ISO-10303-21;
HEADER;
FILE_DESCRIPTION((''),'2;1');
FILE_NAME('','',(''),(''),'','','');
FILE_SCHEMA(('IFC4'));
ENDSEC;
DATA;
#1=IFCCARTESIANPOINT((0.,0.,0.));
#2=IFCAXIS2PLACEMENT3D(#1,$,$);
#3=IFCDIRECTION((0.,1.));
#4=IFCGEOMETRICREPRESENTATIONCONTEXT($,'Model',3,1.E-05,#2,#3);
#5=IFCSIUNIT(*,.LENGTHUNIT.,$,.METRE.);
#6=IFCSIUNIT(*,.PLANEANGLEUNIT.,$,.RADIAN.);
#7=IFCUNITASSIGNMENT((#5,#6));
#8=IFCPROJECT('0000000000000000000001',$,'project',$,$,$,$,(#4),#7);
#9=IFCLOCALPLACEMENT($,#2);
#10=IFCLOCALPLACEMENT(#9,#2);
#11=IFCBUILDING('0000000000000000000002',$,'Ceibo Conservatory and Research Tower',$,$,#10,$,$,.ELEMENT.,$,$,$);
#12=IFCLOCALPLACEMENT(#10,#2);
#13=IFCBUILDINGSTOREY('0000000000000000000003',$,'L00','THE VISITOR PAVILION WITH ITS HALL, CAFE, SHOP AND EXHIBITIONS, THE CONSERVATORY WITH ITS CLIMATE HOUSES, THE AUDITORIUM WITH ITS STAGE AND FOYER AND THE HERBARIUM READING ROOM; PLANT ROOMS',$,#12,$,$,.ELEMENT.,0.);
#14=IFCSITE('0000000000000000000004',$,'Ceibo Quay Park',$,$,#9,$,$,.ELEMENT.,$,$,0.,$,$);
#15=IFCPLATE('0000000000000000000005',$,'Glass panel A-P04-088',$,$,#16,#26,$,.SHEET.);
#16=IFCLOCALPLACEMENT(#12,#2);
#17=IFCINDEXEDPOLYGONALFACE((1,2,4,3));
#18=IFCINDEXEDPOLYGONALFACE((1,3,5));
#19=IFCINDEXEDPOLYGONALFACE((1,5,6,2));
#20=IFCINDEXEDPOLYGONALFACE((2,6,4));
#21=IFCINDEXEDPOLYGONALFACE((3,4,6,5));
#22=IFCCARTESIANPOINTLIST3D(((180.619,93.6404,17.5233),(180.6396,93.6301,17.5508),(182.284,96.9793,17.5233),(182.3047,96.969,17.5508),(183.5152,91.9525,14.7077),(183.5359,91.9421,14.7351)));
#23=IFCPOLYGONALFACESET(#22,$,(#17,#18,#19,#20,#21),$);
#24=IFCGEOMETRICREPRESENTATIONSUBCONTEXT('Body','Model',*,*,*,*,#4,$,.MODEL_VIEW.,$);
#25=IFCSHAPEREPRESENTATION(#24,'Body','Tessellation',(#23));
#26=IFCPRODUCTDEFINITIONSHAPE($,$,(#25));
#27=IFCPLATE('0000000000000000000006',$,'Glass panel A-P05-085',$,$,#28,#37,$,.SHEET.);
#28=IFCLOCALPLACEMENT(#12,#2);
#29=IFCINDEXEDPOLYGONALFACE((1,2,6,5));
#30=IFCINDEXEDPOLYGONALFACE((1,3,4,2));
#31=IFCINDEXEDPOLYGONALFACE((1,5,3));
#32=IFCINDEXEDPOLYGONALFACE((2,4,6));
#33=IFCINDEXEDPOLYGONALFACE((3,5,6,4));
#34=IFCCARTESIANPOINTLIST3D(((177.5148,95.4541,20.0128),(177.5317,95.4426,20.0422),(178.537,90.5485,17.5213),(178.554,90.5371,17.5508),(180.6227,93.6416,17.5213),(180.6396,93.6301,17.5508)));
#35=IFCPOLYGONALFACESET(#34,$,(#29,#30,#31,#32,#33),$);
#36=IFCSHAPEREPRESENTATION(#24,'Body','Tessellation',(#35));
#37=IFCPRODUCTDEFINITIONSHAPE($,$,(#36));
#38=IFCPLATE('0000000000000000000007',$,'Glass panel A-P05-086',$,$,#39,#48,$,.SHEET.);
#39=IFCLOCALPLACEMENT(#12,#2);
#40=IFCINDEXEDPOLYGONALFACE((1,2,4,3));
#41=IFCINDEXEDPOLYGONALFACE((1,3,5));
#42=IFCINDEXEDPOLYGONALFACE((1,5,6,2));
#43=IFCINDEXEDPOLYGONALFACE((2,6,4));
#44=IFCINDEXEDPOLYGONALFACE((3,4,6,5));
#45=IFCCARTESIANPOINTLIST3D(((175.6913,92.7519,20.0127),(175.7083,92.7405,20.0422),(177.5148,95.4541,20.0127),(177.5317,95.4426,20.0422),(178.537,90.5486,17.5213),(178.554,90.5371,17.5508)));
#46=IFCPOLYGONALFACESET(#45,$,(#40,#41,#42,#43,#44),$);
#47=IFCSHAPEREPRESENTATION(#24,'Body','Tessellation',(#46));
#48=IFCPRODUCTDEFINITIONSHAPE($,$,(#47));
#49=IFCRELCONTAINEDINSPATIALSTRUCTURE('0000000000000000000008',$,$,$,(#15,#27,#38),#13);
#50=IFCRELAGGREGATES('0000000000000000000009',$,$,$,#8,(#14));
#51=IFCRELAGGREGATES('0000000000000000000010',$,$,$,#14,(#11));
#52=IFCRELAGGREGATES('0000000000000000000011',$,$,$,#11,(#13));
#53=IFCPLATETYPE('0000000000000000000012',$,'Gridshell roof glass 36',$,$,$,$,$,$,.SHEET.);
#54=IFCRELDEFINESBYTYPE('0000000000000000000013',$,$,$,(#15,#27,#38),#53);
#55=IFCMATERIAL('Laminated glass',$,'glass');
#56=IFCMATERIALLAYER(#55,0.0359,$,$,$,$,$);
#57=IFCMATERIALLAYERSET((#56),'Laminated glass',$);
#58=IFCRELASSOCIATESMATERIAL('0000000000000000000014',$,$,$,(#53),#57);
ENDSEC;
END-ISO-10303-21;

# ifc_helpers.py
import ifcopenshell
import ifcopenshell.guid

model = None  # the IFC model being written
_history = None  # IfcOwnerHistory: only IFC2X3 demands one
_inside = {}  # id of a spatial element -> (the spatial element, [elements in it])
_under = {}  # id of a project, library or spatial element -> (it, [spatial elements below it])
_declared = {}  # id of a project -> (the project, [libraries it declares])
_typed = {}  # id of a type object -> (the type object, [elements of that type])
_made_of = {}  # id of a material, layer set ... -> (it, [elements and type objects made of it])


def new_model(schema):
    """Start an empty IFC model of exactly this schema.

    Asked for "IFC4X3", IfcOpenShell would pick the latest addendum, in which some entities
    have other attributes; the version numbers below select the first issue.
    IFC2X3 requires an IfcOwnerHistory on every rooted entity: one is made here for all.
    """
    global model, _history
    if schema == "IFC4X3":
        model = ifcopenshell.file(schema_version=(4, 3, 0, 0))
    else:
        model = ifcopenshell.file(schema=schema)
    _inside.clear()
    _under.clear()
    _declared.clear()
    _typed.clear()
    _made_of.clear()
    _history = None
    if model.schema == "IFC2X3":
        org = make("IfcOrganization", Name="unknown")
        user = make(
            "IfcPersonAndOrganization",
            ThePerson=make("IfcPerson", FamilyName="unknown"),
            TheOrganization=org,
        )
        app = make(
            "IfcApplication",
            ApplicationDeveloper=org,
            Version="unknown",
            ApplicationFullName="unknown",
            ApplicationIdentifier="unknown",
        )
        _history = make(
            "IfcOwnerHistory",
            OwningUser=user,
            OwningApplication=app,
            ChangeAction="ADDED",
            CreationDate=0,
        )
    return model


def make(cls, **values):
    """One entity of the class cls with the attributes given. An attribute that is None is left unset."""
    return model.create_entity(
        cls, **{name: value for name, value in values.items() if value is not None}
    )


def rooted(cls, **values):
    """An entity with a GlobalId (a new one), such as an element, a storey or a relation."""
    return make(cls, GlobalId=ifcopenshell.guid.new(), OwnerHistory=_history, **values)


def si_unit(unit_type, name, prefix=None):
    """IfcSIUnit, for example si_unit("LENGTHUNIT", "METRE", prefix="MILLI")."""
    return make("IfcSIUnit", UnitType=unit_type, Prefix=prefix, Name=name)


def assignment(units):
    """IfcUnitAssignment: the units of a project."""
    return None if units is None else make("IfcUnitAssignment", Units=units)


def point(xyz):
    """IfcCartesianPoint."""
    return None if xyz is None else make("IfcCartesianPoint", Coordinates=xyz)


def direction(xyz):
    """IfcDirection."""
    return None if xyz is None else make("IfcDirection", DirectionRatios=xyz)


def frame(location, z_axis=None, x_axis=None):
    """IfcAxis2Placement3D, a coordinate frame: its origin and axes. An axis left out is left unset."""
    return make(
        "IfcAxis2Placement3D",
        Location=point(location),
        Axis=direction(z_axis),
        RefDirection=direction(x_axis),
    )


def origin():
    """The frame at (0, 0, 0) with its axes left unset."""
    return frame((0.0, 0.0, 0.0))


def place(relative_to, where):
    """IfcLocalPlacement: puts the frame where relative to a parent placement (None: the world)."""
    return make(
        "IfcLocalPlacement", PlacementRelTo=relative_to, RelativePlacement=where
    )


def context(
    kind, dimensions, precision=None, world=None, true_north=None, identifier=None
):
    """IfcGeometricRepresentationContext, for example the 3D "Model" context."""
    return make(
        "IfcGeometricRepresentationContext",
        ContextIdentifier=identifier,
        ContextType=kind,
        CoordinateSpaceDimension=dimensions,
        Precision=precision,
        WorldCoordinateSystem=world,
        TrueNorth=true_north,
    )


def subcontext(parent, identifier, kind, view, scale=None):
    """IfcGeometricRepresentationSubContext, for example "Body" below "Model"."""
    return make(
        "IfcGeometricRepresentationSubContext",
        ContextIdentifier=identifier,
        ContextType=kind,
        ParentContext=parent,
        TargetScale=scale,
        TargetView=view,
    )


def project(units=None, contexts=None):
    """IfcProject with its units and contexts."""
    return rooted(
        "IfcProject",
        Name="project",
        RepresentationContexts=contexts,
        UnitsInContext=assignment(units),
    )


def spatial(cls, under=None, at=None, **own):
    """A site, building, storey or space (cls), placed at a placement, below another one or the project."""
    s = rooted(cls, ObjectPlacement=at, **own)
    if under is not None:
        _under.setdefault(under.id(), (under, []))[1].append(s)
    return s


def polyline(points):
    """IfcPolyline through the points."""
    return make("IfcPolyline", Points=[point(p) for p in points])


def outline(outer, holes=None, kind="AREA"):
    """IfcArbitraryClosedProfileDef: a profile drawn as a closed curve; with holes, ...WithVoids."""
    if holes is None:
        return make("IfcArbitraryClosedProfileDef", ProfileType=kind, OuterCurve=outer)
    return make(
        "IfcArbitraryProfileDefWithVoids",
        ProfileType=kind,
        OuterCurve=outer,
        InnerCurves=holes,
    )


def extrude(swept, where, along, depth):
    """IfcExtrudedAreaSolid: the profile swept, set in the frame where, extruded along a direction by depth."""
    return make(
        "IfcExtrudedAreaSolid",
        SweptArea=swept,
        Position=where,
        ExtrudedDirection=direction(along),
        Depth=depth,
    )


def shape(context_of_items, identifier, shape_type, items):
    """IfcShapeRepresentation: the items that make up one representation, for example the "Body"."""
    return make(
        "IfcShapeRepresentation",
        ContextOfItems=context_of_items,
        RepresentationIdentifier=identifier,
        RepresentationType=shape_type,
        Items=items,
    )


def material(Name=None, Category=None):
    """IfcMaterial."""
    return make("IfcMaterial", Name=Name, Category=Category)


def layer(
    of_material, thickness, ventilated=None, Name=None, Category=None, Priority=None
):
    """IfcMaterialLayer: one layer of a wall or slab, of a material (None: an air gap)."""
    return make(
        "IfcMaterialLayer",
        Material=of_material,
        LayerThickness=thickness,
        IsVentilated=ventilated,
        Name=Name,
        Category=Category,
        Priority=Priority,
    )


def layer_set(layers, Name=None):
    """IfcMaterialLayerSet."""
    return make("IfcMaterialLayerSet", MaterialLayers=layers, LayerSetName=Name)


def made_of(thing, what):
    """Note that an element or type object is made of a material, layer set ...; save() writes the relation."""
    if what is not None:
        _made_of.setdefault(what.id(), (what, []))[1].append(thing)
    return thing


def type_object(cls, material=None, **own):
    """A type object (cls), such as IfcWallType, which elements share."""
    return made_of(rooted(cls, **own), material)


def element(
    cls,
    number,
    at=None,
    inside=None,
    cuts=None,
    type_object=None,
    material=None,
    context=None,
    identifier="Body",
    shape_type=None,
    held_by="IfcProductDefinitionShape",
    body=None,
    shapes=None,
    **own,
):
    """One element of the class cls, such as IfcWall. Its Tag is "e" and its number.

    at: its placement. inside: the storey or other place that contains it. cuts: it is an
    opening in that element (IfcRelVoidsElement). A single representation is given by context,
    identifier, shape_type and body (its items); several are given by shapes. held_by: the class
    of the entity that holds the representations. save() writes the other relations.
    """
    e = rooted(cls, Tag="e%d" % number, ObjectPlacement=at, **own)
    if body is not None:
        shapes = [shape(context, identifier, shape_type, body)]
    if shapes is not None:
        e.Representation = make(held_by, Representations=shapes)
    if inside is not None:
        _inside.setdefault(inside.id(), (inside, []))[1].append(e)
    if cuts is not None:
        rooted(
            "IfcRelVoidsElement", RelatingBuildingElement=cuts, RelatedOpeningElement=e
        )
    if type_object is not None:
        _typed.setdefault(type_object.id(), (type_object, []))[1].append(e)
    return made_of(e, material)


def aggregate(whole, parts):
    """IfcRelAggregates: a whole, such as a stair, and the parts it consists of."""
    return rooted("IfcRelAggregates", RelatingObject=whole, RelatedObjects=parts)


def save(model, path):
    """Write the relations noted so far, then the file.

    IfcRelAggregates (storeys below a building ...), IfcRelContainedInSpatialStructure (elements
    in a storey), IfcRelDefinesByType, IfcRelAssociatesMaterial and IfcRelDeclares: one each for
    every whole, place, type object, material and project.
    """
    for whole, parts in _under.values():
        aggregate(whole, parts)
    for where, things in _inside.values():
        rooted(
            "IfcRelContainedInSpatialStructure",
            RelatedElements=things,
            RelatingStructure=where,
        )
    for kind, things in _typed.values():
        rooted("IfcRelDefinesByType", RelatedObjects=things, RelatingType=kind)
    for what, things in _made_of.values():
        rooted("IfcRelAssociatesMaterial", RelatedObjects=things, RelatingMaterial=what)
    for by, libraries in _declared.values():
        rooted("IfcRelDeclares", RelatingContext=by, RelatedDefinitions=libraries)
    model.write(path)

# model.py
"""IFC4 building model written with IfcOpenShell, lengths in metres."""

from ifc_helpers import new_model, si_unit, direction, frame, origin, place, context, subcontext, project, spatial, polyline, outline, extrude, material, layer, layer_set, type_object, element, save


model = new_model("IFC4")

# Units and contexts
model_context = context("Model", 3, precision=1e-05, world=origin(), true_north=direction((0.0, 1.0)))
body_context = subcontext(model_context, "Body", "Model", "MODEL_VIEW")
ifc_project = project(units=[si_unit("LENGTHUNIT", "METRE"), si_unit("PLANEANGLEUNIT", "RADIAN")], contexts=[model_context])

# Site, building, storey
site_placement = place(None, origin())
site = spatial("IfcSite", under=ifc_project, at=site_placement, Name="Ceibo Quay Park", CompositionType="ELEMENT", RefElevation=0.0)
building_placement = place(site_placement, origin())
building = spatial("IfcBuilding", under=site, at=building_placement, Name="Ceibo Conservatory and Research Tower", CompositionType="ELEMENT")
storey_placement = place(building_placement, origin())
storey = spatial("IfcBuildingStorey", under=building, at=storey_placement, Name="L00", Description="THE VISITOR PAVILION WITH ITS HALL, CAFE, SHOP AND EXHIBITIONS, THE CONSERVATORY WITH ITS CLIMATE HOUSES, THE AUDITORIUM WITH ITS STAGE AND FOYER AND THE HERBARIUM READING ROOM; PLANT ROOMS", CompositionType="ELEMENT", Elevation=0.0)

# Plates
ifc_material_1 = material(Name="Laminated glass", Category="glass")
ifc_layer = layer(ifc_material_1, 0.0359)
ifc_layer_set = layer_set([ifc_layer], Name="Laminated glass")
plate_type = type_object("IfcPlateType", Name="Gridshell roof glass 36", PredefinedType="SHEET", material=ifc_layer_set)
plate_1_placement = place(storey_placement, frame((183.5359, 91.9421, 14.7351), z_axis=(0.576282, -0.287382, 0.765056), x_axis=(-0.208969, 0.853197, 0.477898)))
element("IfcPlate", 1, at=plate_1_placement, inside=storey, type_object=plate_type, Name="Glass panel A-P04-088", PredefinedType="SHEET", context=body_context, shape_type="SweptSolid", body=[
    extrude(outline(polyline([(0.0, 0.0), (5.8918, 0.0), (3.391, 2.7689), (0.0, 0.0)])), origin(), (0.0, 0.0, -1.0), 0.0359),
])
plate_2_placement = place(storey_placement, frame((178.554, 90.5371, 17.5508), z_axis=(0.472703, -0.318754, 0.821552), x_axis=(0.559087, 0.829109, 0.0)))
element("IfcPlate", 2, at=plate_2_placement, inside=storey, type_object=plate_type, Name="Glass panel A-P05-085", PredefinedType="SHEET", context=body_context, shape_type="SweptSolid", body=[
    extrude(outline(polyline([(0.0, 0.0), (3.7305, 0.0), (3.4957, 4.37), (0.0, 0.0)])), origin(), (0.0, 0.0, -1.0), 0.0359),
])
plate_3_placement = place(storey_placement, frame((178.554, 90.5371, 17.5508), z_axis=(0.472484, -0.318846, 0.821642), x_axis=(-0.182666, 0.876595, 0.445212)))
element("IfcPlate", 3, at=plate_3_placement, inside=storey, type_object=plate_type, Name="Glass panel A-P05-086", PredefinedType="SHEET", context=body_context, shape_type="SweptSolid", body=[
    extrude(outline(polyline([(0.0, 0.0), (5.5961, 0.0), (3.5605, 2.5462), (0.0, 0.0)])), origin(), (0.0, 0.0, -1.0), 0.0359),
])

save(model, "model.ifc")
